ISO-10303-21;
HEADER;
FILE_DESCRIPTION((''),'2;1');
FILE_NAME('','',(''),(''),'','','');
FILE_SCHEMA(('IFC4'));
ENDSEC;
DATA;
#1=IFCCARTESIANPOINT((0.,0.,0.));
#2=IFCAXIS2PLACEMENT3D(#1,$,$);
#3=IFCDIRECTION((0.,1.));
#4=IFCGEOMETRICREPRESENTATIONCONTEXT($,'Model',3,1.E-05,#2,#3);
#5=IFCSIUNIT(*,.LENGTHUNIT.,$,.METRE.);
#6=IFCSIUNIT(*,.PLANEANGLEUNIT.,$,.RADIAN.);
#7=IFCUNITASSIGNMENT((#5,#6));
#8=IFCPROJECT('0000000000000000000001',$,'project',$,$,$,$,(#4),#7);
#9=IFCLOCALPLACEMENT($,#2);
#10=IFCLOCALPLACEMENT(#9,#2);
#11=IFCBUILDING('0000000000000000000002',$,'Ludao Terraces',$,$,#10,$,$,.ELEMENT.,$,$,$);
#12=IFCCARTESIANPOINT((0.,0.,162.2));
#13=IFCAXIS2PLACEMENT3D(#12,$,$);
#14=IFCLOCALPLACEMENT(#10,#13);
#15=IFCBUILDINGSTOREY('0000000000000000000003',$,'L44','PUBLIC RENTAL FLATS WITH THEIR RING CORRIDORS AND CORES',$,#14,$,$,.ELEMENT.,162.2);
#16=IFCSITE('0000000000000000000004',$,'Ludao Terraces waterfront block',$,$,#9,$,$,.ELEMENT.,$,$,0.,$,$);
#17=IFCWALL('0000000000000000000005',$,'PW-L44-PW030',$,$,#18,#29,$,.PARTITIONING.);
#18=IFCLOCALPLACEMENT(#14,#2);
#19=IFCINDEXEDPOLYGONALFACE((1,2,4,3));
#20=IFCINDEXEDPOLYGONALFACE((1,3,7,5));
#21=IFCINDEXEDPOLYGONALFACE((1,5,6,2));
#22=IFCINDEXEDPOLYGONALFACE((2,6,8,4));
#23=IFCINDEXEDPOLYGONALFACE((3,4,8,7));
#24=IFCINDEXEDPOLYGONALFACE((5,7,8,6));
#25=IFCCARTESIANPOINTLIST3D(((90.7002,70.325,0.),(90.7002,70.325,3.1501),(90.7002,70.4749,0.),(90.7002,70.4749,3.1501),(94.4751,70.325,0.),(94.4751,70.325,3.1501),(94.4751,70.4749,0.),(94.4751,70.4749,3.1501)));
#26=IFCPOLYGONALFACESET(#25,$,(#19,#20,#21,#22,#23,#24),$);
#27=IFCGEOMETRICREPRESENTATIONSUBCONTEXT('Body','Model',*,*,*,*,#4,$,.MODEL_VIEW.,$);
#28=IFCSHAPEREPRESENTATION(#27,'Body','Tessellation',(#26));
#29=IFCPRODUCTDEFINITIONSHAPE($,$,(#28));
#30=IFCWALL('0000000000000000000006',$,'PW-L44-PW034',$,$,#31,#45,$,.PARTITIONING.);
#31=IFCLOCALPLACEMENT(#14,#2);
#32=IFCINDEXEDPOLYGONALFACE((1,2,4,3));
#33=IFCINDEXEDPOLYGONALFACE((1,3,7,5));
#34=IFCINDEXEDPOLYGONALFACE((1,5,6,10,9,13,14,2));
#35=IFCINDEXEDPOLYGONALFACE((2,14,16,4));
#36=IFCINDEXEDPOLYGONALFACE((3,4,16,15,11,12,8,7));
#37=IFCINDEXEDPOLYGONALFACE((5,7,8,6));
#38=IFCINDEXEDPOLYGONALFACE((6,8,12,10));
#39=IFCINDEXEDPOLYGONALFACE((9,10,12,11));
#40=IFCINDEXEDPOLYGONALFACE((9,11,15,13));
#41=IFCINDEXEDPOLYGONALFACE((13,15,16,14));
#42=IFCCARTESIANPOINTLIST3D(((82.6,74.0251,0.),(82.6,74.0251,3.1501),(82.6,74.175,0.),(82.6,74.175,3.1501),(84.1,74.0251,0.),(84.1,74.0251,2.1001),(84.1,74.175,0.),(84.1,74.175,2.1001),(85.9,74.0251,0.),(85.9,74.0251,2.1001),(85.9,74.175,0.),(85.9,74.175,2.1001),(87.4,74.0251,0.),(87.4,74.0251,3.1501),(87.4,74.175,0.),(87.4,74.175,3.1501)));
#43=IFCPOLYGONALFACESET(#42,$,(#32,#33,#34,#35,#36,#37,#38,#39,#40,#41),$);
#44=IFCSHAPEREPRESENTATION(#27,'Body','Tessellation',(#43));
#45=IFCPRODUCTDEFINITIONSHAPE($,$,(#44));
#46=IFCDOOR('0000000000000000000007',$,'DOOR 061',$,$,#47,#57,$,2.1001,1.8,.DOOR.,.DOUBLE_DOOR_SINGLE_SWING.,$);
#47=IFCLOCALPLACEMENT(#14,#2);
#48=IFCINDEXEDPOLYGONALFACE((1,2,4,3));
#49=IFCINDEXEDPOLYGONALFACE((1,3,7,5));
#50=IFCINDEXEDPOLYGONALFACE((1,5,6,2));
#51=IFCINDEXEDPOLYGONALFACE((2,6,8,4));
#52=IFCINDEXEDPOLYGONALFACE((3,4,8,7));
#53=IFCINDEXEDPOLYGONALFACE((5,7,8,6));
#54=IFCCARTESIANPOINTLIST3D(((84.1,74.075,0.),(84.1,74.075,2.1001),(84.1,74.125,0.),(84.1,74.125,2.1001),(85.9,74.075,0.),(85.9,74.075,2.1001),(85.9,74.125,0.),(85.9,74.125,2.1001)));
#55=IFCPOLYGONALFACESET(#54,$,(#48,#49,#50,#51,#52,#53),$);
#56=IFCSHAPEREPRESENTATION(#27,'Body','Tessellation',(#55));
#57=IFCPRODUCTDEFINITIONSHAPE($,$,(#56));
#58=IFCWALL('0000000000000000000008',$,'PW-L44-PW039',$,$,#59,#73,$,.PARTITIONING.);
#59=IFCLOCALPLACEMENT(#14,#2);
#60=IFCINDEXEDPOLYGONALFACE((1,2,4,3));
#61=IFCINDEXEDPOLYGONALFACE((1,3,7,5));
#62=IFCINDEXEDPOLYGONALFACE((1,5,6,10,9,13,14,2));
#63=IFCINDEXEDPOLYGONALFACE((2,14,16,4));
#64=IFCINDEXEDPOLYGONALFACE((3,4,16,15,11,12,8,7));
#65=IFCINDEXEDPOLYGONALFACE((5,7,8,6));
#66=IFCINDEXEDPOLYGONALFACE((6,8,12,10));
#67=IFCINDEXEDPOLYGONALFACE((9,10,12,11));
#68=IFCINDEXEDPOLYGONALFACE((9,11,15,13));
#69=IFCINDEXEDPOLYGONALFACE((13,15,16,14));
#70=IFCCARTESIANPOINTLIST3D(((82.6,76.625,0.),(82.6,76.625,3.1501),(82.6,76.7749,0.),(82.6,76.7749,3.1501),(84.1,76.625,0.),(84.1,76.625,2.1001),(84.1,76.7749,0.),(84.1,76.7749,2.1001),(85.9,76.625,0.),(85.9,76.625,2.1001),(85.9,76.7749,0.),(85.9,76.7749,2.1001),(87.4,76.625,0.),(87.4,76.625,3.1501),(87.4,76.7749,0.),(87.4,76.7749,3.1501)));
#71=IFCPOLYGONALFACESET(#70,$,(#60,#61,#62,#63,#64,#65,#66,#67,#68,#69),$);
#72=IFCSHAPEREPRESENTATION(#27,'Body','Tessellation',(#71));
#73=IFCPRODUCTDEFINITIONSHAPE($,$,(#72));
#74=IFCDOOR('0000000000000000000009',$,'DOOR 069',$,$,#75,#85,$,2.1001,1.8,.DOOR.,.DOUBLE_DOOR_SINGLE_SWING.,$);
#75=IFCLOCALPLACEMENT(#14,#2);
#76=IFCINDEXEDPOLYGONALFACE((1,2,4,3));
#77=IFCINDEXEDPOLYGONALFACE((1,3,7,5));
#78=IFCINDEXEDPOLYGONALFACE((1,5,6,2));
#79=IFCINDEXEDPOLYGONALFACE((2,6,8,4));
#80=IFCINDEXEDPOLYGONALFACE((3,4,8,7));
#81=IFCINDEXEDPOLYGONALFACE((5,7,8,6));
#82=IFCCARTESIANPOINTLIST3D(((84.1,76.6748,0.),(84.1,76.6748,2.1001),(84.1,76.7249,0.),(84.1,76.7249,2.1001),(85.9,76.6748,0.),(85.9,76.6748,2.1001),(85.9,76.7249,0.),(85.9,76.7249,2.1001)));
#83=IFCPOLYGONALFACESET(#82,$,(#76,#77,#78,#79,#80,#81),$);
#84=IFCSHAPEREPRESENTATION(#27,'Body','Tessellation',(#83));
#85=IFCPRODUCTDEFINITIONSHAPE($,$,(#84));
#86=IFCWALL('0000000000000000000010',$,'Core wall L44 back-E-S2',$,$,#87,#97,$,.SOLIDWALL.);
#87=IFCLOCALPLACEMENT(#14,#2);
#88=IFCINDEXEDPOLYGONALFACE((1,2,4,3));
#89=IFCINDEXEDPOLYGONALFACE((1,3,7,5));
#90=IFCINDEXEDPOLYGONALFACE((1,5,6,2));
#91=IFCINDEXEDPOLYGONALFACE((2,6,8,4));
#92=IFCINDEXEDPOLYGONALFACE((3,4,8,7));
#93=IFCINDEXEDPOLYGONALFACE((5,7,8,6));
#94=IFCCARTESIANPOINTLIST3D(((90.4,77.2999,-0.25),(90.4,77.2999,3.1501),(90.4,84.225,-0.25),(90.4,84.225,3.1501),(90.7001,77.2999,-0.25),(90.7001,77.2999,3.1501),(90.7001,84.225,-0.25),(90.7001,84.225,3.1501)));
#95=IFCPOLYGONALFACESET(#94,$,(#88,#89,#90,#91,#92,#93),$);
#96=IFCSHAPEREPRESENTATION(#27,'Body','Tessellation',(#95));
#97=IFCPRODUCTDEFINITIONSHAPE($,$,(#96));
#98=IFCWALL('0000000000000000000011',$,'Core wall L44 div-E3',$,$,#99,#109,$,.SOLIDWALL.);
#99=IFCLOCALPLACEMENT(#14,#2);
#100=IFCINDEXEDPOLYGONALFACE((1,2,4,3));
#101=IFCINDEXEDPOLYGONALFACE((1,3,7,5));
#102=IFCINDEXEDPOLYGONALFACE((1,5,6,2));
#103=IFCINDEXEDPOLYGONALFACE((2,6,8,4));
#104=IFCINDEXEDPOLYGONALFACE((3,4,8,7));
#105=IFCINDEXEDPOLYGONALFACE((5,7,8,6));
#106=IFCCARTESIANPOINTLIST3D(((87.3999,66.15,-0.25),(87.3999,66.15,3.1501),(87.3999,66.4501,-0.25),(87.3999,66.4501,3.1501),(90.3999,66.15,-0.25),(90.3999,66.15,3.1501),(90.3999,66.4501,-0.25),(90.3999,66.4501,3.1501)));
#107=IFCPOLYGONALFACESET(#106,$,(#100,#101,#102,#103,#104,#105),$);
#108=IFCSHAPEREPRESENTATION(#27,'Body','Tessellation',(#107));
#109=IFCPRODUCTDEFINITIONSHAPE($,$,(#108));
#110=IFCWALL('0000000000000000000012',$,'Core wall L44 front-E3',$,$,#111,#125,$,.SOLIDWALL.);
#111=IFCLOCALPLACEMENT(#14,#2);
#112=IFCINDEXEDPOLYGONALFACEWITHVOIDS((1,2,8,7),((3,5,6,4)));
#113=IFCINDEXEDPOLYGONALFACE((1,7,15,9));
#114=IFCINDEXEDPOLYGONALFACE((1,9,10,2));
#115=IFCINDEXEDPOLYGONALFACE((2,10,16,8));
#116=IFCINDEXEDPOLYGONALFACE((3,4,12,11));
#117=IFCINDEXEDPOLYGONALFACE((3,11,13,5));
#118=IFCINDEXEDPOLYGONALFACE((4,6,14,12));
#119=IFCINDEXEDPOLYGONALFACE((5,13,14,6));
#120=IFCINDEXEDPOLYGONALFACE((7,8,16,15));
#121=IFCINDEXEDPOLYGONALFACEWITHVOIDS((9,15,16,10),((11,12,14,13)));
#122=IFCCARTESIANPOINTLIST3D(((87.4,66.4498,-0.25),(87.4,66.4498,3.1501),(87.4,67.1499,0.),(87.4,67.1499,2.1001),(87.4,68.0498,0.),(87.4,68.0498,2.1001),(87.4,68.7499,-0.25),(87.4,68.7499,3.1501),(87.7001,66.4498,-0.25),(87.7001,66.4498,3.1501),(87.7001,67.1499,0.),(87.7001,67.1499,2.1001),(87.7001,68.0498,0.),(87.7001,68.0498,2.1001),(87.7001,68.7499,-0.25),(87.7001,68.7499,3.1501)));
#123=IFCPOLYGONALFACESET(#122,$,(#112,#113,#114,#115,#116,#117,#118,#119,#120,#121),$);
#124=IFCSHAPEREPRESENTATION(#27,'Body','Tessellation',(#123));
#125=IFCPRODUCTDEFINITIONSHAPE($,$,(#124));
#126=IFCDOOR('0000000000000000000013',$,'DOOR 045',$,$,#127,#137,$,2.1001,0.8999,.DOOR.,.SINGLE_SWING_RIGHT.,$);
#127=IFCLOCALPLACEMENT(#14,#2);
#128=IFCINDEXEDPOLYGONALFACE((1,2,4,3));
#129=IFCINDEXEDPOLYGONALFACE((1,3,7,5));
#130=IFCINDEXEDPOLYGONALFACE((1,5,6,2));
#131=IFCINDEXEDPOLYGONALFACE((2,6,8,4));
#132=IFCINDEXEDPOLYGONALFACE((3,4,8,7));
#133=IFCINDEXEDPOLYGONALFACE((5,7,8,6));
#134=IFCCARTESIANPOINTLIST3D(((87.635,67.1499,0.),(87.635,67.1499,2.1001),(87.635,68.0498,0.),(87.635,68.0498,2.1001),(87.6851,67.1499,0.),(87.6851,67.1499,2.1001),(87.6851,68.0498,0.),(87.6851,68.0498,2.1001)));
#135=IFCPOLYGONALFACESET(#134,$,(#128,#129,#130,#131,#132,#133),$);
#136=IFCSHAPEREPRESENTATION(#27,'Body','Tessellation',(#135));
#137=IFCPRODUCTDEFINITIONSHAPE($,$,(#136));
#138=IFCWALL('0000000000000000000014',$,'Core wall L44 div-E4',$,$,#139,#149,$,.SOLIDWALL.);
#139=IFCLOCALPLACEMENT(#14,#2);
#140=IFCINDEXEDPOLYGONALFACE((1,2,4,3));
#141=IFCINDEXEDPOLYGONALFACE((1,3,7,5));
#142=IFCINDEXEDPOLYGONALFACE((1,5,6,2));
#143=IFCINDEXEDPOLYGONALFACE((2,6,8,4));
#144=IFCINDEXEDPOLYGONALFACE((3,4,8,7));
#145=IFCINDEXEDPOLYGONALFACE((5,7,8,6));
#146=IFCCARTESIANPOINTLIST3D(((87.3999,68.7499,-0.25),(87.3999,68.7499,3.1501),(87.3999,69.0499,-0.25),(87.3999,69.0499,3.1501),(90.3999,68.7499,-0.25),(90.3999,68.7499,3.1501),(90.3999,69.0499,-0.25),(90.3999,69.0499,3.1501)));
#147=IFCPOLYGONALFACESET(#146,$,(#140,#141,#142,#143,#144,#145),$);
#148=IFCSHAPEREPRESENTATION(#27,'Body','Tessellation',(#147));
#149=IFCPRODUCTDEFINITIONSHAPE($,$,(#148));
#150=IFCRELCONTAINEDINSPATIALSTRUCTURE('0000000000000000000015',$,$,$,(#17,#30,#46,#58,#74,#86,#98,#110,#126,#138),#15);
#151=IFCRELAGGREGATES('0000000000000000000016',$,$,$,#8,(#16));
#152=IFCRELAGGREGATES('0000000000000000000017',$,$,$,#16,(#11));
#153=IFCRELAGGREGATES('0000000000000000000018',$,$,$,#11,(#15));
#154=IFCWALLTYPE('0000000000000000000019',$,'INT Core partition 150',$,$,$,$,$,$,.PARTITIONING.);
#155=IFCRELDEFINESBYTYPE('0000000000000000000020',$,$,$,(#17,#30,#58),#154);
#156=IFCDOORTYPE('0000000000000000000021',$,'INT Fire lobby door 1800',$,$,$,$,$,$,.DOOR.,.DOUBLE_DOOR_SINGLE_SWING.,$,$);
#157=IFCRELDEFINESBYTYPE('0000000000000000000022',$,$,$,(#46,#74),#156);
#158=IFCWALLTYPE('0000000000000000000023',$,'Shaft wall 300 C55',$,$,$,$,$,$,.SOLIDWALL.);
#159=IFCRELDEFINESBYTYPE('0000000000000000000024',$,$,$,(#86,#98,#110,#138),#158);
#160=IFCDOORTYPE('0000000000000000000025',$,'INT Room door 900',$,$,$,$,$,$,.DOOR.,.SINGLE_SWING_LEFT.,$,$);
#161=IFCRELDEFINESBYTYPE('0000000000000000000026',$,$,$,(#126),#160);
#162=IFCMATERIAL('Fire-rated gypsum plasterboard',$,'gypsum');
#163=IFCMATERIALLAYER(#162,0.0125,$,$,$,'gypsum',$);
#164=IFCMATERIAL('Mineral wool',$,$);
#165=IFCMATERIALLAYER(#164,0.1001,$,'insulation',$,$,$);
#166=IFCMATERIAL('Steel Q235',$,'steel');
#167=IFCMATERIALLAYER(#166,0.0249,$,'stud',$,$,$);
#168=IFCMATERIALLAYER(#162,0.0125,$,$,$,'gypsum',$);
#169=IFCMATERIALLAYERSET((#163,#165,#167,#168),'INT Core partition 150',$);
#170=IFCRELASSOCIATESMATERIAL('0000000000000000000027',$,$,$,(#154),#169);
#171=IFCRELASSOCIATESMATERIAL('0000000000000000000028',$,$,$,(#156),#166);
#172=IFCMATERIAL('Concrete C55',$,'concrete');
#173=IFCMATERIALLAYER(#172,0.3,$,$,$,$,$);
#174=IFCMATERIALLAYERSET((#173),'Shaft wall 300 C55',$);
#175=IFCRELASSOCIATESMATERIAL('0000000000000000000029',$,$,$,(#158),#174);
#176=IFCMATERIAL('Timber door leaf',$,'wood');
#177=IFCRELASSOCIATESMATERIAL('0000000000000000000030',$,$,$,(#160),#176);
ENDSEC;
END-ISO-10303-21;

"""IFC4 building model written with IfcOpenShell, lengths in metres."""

from ifc_helpers import new_model, si_unit, direction, frame, frame_2d, origin, place, context, subcontext, project, spatial, rectangle, extrude, material, layer, layer_set, type_object, element, fill, save


model = new_model("IFC4")

# Units and contexts
model_context = context("Model", 3, precision=1e-05, world=origin(), true_north=direction((0.0, 1.0)))
body_context = subcontext(model_context, "Body", "Model", "MODEL_VIEW")
ifc_project = project(units=[si_unit("LENGTHUNIT", "METRE"), si_unit("PLANEANGLEUNIT", "RADIAN")], contexts=[model_context])

# Site, building, storey
site_placement = place(None, origin())
site = spatial("IfcSite", under=ifc_project, at=site_placement, Name="Ludao Terraces waterfront block", CompositionType="ELEMENT", RefElevation=0.0)
building_placement = place(site_placement, origin())
building = spatial("IfcBuilding", under=site, at=building_placement, Name="Ludao Terraces", CompositionType="ELEMENT")
storey_placement = place(building_placement, frame((0.0, 0.0, 162.2)))
storey = spatial("IfcBuildingStorey", under=building, at=storey_placement, Name="L44", Description="PUBLIC RENTAL FLATS WITH THEIR RING CORRIDORS AND CORES", CompositionType="ELEMENT", Elevation=162.2)

# Wall
ifc_material_1 = material(Name="Fire-rated gypsum plasterboard", Category="gypsum")
ifc_layer_1 = layer(ifc_material_1, 0.0125, Category="gypsum")
ifc_material_2 = material(Name="Mineral wool")
ifc_layer_2 = layer(ifc_material_2, 0.1001, Name="insulation")
ifc_material_3 = material(Name="Steel Q235", Category="steel")
ifc_layer_3 = layer(ifc_material_3, 0.0249, Name="stud")
ifc_layer_4 = layer(ifc_material_1, 0.0125, Category="gypsum")
ifc_layer_set_1 = layer_set([ifc_layer_1, ifc_layer_2, ifc_layer_3, ifc_layer_4], Name="INT Core partition 150")
wall_type_1 = type_object("IfcWallType", Name="INT Core partition 150", PredefinedType="PARTITIONING", material=ifc_layer_set_1)
wall_1_placement = place(storey_placement, frame((90.7002, 70.3999, 0.0), z_axis=(0.0, 0.0, 1.0), x_axis=(1.0, 0.0, 0.0)))
element("IfcWall", 1, at=wall_1_placement, inside=storey, type_object=wall_type_1, Name="PW-L44-PW030", PredefinedType="PARTITIONING", context=body_context, shape_type="SweptSolid", body=[
    extrude(rectangle(XDim=3.7749, YDim=0.1499, at=frame_2d((1.8875, 0.0))), origin(), (0.0, 0.0, 1.0), 3.1501),
])

# Walls, openings, doors
wall_2_placement = place(storey_placement, frame((82.6001, 74.1001, 0.0), z_axis=(0.0, 0.0, 1.0), x_axis=(1.0, 0.0, 0.0)))
wall_2 = element("IfcWall", 2, at=wall_2_placement, inside=storey, type_object=wall_type_1, Name="PW-L44-PW034", PredefinedType="PARTITIONING", context=body_context, shape_type="SweptSolid", body=[
    extrude(rectangle(XDim=4.8, YDim=0.1499, at=frame_2d((2.3999, 0.0))), origin(), (0.0, 0.0, 1.0), 3.1501),
])
opening_1_placement = place(wall_2_placement, frame((1.5, 0.0, 0.0)))
opening_1 = element("IfcOpeningElement", 3, at=opening_1_placement, cuts=wall_2, PredefinedType="OPENING", context=body_context, shape_type="SweptSolid", body=[
    extrude(rectangle(XDim=1.8, YDim=2.1001, at=frame_2d((0.8999, 1.05))), frame((0.0, 0.085, 0.0), z_axis=(0.0, -1.0, 0.0), x_axis=(1.0, 0.0, 0.0)), (0.0, 0.0, 1.0), 0.1699),
])
door_type_1 = type_object("IfcDoorType", Name="INT Fire lobby door 1800", OperationType="DOUBLE_DOOR_SINGLE_SWING", PredefinedType="DOOR", material=ifc_material_3)
door_1_placement = place(opening_1_placement, origin())
door_1 = element("IfcDoor", 4, at=door_1_placement, inside=storey, type_object=door_type_1, Name="DOOR 061", OperationType="DOUBLE_DOOR_SINGLE_SWING", OverallHeight=2.1001, OverallWidth=1.8, PredefinedType="DOOR", context=body_context, shape_type="SweptSolid", body=[
    extrude(rectangle(XDim=1.8, YDim=2.1001, at=frame_2d((0.8999, 1.05))), frame((0.0, 0.0249, 0.0), z_axis=(0.0, -1.0, 0.0), x_axis=(1.0, 0.0, 0.0)), (0.0, 0.0, 1.0), 0.05),
])
fill(opening_1, door_1)
wall_3_placement = place(storey_placement, frame((82.6001, 76.7, 0.0), z_axis=(0.0, 0.0, 1.0), x_axis=(1.0, 0.0, 0.0)))
wall_3 = element("IfcWall", 5, at=wall_3_placement, inside=storey, type_object=wall_type_1, Name="PW-L44-PW039", PredefinedType="PARTITIONING", context=body_context, shape_type="SweptSolid", body=[
    extrude(rectangle(XDim=4.8, YDim=0.1499, at=frame_2d((2.3999, 0.0))), origin(), (0.0, 0.0, 1.0), 3.1501),
])
opening_2_placement = place(wall_3_placement, frame((1.5, 0.0, 0.0)))
opening_2 = element("IfcOpeningElement", 6, at=opening_2_placement, cuts=wall_3, PredefinedType="OPENING", context=body_context, shape_type="SweptSolid", body=[
    extrude(rectangle(XDim=1.8, YDim=2.1001, at=frame_2d((0.8999, 1.05))), frame((0.0, 0.085, 0.0), z_axis=(0.0, -1.0, 0.0), x_axis=(1.0, 0.0, 0.0)), (0.0, 0.0, 1.0), 0.1699),
])
door_2_placement = place(opening_2_placement, origin())
door_2 = element("IfcDoor", 7, at=door_2_placement, inside=storey, type_object=door_type_1, Name="DOOR 069", OperationType="DOUBLE_DOOR_SINGLE_SWING", OverallHeight=2.1001, OverallWidth=1.8, PredefinedType="DOOR", context=body_context, shape_type="SweptSolid", body=[
    extrude(rectangle(XDim=1.8, YDim=2.1001, at=frame_2d((0.8999, 1.05))), frame((0.0, 0.0249, 0.0), z_axis=(0.0, -1.0, 0.0), x_axis=(1.0, 0.0, 0.0)), (0.0, 0.0, 1.0), 0.05),
])
fill(opening_2, door_2)

# Walls
ifc_material_4 = material(Name="Concrete C55", Category="concrete")
ifc_layer_5 = layer(ifc_material_4, 0.3)
ifc_layer_set_2 = layer_set([ifc_layer_5], Name="Shaft wall 300 C55")
wall_type_2 = type_object("IfcWallType", Name="Shaft wall 300 C55", PredefinedType="SOLIDWALL", material=ifc_layer_set_2)
wall_4_placement = place(storey_placement, frame((90.55, 77.3, -0.25), z_axis=(0.0, 0.0, 1.0), x_axis=(0.0, 1.0, 0.0)))
element("IfcWall", 8, at=wall_4_placement, inside=storey, type_object=wall_type_2, Name="Core wall L44 back-E-S2", PredefinedType="SOLIDWALL", context=body_context, shape_type="SweptSolid", body=[
    extrude(rectangle(XDim=6.925, YDim=0.3, at=frame_2d((3.4624, 0.0))), origin(), (0.0, 0.0, 1.0), 3.4001),
])
wall_5_placement = place(storey_placement, frame((87.3999, 66.3, -0.25), z_axis=(0.0, 0.0, 1.0), x_axis=(1.0, 0.0, 0.0)))
element("IfcWall", 9, at=wall_5_placement, inside=storey, type_object=wall_type_2, Name="Core wall L44 div-E3", PredefinedType="SOLIDWALL", context=body_context, shape_type="SweptSolid", body=[
    extrude(rectangle(XDim=3.0, YDim=0.3, at=frame_2d((1.5, 0.0))), origin(), (0.0, 0.0, 1.0), 3.4001),
])

# Wall, opening, door
wall_6_placement = place(storey_placement, frame((87.55, 66.45, -0.25), z_axis=(0.0, 0.0, 1.0), x_axis=(0.0, 1.0, 0.0)))
wall_6 = element("IfcWall", 10, at=wall_6_placement, inside=storey, type_object=wall_type_2, Name="Core wall L44 front-E3", PredefinedType="SOLIDWALL", context=body_context, shape_type="SweptSolid", body=[
    extrude(rectangle(XDim=2.3, YDim=0.3, at=frame_2d((1.1499, 0.0))), origin(), (0.0, 0.0, 1.0), 3.4001),
])
opening_3_placement = place(wall_6_placement, frame((0.7, 0.0, 0.25)))
opening_3 = element("IfcOpeningElement", 11, at=opening_3_placement, cuts=wall_6, PredefinedType="OPENING", context=body_context, shape_type="SweptSolid", body=[
    extrude(rectangle(XDim=0.8999, YDim=2.1001, at=frame_2d((0.45, 1.05))), frame((0.0, 0.1602, 0.0), z_axis=(0.0, -1.0, 0.0), x_axis=(1.0, 0.0, 0.0)), (0.0, 0.0, 1.0), 0.3201),
])
ifc_material_5 = material(Name="Timber door leaf", Category="wood")
door_type_2 = type_object("IfcDoorType", Name="INT Room door 900", OperationType="SINGLE_SWING_LEFT", PredefinedType="DOOR", material=ifc_material_5)
door_3_placement = place(opening_3_placement, origin())
door_3 = element("IfcDoor", 12, at=door_3_placement, inside=storey, type_object=door_type_2, Name="DOOR 045", OperationType="SINGLE_SWING_RIGHT", OverallHeight=2.1001, OverallWidth=0.8999, PredefinedType="DOOR", context=body_context, shape_type="SweptSolid", body=[
    extrude(rectangle(XDim=0.8999, YDim=2.1001, at=frame_2d((0.45, 1.05))), frame((0.0, -0.085, 0.0), z_axis=(0.0, -1.0, 0.0), x_axis=(1.0, 0.0, 0.0)), (0.0, 0.0, 1.0), 0.05),
])
fill(opening_3, door_3)

# Wall
wall_7_placement = place(storey_placement, frame((87.3999, 68.8999, -0.25), z_axis=(0.0, 0.0, 1.0), x_axis=(1.0, 0.0, 0.0)))
element("IfcWall", 13, at=wall_7_placement, inside=storey, type_object=wall_type_2, Name="Core wall L44 div-E4", PredefinedType="SOLIDWALL", context=body_context, shape_type="SweptSolid", body=[
    extrude(rectangle(XDim=3.0, YDim=0.3, at=frame_2d((1.5, 0.0))), origin(), (0.0, 0.0, 1.0), 3.4001),
])

save(model, "model.ifc")
